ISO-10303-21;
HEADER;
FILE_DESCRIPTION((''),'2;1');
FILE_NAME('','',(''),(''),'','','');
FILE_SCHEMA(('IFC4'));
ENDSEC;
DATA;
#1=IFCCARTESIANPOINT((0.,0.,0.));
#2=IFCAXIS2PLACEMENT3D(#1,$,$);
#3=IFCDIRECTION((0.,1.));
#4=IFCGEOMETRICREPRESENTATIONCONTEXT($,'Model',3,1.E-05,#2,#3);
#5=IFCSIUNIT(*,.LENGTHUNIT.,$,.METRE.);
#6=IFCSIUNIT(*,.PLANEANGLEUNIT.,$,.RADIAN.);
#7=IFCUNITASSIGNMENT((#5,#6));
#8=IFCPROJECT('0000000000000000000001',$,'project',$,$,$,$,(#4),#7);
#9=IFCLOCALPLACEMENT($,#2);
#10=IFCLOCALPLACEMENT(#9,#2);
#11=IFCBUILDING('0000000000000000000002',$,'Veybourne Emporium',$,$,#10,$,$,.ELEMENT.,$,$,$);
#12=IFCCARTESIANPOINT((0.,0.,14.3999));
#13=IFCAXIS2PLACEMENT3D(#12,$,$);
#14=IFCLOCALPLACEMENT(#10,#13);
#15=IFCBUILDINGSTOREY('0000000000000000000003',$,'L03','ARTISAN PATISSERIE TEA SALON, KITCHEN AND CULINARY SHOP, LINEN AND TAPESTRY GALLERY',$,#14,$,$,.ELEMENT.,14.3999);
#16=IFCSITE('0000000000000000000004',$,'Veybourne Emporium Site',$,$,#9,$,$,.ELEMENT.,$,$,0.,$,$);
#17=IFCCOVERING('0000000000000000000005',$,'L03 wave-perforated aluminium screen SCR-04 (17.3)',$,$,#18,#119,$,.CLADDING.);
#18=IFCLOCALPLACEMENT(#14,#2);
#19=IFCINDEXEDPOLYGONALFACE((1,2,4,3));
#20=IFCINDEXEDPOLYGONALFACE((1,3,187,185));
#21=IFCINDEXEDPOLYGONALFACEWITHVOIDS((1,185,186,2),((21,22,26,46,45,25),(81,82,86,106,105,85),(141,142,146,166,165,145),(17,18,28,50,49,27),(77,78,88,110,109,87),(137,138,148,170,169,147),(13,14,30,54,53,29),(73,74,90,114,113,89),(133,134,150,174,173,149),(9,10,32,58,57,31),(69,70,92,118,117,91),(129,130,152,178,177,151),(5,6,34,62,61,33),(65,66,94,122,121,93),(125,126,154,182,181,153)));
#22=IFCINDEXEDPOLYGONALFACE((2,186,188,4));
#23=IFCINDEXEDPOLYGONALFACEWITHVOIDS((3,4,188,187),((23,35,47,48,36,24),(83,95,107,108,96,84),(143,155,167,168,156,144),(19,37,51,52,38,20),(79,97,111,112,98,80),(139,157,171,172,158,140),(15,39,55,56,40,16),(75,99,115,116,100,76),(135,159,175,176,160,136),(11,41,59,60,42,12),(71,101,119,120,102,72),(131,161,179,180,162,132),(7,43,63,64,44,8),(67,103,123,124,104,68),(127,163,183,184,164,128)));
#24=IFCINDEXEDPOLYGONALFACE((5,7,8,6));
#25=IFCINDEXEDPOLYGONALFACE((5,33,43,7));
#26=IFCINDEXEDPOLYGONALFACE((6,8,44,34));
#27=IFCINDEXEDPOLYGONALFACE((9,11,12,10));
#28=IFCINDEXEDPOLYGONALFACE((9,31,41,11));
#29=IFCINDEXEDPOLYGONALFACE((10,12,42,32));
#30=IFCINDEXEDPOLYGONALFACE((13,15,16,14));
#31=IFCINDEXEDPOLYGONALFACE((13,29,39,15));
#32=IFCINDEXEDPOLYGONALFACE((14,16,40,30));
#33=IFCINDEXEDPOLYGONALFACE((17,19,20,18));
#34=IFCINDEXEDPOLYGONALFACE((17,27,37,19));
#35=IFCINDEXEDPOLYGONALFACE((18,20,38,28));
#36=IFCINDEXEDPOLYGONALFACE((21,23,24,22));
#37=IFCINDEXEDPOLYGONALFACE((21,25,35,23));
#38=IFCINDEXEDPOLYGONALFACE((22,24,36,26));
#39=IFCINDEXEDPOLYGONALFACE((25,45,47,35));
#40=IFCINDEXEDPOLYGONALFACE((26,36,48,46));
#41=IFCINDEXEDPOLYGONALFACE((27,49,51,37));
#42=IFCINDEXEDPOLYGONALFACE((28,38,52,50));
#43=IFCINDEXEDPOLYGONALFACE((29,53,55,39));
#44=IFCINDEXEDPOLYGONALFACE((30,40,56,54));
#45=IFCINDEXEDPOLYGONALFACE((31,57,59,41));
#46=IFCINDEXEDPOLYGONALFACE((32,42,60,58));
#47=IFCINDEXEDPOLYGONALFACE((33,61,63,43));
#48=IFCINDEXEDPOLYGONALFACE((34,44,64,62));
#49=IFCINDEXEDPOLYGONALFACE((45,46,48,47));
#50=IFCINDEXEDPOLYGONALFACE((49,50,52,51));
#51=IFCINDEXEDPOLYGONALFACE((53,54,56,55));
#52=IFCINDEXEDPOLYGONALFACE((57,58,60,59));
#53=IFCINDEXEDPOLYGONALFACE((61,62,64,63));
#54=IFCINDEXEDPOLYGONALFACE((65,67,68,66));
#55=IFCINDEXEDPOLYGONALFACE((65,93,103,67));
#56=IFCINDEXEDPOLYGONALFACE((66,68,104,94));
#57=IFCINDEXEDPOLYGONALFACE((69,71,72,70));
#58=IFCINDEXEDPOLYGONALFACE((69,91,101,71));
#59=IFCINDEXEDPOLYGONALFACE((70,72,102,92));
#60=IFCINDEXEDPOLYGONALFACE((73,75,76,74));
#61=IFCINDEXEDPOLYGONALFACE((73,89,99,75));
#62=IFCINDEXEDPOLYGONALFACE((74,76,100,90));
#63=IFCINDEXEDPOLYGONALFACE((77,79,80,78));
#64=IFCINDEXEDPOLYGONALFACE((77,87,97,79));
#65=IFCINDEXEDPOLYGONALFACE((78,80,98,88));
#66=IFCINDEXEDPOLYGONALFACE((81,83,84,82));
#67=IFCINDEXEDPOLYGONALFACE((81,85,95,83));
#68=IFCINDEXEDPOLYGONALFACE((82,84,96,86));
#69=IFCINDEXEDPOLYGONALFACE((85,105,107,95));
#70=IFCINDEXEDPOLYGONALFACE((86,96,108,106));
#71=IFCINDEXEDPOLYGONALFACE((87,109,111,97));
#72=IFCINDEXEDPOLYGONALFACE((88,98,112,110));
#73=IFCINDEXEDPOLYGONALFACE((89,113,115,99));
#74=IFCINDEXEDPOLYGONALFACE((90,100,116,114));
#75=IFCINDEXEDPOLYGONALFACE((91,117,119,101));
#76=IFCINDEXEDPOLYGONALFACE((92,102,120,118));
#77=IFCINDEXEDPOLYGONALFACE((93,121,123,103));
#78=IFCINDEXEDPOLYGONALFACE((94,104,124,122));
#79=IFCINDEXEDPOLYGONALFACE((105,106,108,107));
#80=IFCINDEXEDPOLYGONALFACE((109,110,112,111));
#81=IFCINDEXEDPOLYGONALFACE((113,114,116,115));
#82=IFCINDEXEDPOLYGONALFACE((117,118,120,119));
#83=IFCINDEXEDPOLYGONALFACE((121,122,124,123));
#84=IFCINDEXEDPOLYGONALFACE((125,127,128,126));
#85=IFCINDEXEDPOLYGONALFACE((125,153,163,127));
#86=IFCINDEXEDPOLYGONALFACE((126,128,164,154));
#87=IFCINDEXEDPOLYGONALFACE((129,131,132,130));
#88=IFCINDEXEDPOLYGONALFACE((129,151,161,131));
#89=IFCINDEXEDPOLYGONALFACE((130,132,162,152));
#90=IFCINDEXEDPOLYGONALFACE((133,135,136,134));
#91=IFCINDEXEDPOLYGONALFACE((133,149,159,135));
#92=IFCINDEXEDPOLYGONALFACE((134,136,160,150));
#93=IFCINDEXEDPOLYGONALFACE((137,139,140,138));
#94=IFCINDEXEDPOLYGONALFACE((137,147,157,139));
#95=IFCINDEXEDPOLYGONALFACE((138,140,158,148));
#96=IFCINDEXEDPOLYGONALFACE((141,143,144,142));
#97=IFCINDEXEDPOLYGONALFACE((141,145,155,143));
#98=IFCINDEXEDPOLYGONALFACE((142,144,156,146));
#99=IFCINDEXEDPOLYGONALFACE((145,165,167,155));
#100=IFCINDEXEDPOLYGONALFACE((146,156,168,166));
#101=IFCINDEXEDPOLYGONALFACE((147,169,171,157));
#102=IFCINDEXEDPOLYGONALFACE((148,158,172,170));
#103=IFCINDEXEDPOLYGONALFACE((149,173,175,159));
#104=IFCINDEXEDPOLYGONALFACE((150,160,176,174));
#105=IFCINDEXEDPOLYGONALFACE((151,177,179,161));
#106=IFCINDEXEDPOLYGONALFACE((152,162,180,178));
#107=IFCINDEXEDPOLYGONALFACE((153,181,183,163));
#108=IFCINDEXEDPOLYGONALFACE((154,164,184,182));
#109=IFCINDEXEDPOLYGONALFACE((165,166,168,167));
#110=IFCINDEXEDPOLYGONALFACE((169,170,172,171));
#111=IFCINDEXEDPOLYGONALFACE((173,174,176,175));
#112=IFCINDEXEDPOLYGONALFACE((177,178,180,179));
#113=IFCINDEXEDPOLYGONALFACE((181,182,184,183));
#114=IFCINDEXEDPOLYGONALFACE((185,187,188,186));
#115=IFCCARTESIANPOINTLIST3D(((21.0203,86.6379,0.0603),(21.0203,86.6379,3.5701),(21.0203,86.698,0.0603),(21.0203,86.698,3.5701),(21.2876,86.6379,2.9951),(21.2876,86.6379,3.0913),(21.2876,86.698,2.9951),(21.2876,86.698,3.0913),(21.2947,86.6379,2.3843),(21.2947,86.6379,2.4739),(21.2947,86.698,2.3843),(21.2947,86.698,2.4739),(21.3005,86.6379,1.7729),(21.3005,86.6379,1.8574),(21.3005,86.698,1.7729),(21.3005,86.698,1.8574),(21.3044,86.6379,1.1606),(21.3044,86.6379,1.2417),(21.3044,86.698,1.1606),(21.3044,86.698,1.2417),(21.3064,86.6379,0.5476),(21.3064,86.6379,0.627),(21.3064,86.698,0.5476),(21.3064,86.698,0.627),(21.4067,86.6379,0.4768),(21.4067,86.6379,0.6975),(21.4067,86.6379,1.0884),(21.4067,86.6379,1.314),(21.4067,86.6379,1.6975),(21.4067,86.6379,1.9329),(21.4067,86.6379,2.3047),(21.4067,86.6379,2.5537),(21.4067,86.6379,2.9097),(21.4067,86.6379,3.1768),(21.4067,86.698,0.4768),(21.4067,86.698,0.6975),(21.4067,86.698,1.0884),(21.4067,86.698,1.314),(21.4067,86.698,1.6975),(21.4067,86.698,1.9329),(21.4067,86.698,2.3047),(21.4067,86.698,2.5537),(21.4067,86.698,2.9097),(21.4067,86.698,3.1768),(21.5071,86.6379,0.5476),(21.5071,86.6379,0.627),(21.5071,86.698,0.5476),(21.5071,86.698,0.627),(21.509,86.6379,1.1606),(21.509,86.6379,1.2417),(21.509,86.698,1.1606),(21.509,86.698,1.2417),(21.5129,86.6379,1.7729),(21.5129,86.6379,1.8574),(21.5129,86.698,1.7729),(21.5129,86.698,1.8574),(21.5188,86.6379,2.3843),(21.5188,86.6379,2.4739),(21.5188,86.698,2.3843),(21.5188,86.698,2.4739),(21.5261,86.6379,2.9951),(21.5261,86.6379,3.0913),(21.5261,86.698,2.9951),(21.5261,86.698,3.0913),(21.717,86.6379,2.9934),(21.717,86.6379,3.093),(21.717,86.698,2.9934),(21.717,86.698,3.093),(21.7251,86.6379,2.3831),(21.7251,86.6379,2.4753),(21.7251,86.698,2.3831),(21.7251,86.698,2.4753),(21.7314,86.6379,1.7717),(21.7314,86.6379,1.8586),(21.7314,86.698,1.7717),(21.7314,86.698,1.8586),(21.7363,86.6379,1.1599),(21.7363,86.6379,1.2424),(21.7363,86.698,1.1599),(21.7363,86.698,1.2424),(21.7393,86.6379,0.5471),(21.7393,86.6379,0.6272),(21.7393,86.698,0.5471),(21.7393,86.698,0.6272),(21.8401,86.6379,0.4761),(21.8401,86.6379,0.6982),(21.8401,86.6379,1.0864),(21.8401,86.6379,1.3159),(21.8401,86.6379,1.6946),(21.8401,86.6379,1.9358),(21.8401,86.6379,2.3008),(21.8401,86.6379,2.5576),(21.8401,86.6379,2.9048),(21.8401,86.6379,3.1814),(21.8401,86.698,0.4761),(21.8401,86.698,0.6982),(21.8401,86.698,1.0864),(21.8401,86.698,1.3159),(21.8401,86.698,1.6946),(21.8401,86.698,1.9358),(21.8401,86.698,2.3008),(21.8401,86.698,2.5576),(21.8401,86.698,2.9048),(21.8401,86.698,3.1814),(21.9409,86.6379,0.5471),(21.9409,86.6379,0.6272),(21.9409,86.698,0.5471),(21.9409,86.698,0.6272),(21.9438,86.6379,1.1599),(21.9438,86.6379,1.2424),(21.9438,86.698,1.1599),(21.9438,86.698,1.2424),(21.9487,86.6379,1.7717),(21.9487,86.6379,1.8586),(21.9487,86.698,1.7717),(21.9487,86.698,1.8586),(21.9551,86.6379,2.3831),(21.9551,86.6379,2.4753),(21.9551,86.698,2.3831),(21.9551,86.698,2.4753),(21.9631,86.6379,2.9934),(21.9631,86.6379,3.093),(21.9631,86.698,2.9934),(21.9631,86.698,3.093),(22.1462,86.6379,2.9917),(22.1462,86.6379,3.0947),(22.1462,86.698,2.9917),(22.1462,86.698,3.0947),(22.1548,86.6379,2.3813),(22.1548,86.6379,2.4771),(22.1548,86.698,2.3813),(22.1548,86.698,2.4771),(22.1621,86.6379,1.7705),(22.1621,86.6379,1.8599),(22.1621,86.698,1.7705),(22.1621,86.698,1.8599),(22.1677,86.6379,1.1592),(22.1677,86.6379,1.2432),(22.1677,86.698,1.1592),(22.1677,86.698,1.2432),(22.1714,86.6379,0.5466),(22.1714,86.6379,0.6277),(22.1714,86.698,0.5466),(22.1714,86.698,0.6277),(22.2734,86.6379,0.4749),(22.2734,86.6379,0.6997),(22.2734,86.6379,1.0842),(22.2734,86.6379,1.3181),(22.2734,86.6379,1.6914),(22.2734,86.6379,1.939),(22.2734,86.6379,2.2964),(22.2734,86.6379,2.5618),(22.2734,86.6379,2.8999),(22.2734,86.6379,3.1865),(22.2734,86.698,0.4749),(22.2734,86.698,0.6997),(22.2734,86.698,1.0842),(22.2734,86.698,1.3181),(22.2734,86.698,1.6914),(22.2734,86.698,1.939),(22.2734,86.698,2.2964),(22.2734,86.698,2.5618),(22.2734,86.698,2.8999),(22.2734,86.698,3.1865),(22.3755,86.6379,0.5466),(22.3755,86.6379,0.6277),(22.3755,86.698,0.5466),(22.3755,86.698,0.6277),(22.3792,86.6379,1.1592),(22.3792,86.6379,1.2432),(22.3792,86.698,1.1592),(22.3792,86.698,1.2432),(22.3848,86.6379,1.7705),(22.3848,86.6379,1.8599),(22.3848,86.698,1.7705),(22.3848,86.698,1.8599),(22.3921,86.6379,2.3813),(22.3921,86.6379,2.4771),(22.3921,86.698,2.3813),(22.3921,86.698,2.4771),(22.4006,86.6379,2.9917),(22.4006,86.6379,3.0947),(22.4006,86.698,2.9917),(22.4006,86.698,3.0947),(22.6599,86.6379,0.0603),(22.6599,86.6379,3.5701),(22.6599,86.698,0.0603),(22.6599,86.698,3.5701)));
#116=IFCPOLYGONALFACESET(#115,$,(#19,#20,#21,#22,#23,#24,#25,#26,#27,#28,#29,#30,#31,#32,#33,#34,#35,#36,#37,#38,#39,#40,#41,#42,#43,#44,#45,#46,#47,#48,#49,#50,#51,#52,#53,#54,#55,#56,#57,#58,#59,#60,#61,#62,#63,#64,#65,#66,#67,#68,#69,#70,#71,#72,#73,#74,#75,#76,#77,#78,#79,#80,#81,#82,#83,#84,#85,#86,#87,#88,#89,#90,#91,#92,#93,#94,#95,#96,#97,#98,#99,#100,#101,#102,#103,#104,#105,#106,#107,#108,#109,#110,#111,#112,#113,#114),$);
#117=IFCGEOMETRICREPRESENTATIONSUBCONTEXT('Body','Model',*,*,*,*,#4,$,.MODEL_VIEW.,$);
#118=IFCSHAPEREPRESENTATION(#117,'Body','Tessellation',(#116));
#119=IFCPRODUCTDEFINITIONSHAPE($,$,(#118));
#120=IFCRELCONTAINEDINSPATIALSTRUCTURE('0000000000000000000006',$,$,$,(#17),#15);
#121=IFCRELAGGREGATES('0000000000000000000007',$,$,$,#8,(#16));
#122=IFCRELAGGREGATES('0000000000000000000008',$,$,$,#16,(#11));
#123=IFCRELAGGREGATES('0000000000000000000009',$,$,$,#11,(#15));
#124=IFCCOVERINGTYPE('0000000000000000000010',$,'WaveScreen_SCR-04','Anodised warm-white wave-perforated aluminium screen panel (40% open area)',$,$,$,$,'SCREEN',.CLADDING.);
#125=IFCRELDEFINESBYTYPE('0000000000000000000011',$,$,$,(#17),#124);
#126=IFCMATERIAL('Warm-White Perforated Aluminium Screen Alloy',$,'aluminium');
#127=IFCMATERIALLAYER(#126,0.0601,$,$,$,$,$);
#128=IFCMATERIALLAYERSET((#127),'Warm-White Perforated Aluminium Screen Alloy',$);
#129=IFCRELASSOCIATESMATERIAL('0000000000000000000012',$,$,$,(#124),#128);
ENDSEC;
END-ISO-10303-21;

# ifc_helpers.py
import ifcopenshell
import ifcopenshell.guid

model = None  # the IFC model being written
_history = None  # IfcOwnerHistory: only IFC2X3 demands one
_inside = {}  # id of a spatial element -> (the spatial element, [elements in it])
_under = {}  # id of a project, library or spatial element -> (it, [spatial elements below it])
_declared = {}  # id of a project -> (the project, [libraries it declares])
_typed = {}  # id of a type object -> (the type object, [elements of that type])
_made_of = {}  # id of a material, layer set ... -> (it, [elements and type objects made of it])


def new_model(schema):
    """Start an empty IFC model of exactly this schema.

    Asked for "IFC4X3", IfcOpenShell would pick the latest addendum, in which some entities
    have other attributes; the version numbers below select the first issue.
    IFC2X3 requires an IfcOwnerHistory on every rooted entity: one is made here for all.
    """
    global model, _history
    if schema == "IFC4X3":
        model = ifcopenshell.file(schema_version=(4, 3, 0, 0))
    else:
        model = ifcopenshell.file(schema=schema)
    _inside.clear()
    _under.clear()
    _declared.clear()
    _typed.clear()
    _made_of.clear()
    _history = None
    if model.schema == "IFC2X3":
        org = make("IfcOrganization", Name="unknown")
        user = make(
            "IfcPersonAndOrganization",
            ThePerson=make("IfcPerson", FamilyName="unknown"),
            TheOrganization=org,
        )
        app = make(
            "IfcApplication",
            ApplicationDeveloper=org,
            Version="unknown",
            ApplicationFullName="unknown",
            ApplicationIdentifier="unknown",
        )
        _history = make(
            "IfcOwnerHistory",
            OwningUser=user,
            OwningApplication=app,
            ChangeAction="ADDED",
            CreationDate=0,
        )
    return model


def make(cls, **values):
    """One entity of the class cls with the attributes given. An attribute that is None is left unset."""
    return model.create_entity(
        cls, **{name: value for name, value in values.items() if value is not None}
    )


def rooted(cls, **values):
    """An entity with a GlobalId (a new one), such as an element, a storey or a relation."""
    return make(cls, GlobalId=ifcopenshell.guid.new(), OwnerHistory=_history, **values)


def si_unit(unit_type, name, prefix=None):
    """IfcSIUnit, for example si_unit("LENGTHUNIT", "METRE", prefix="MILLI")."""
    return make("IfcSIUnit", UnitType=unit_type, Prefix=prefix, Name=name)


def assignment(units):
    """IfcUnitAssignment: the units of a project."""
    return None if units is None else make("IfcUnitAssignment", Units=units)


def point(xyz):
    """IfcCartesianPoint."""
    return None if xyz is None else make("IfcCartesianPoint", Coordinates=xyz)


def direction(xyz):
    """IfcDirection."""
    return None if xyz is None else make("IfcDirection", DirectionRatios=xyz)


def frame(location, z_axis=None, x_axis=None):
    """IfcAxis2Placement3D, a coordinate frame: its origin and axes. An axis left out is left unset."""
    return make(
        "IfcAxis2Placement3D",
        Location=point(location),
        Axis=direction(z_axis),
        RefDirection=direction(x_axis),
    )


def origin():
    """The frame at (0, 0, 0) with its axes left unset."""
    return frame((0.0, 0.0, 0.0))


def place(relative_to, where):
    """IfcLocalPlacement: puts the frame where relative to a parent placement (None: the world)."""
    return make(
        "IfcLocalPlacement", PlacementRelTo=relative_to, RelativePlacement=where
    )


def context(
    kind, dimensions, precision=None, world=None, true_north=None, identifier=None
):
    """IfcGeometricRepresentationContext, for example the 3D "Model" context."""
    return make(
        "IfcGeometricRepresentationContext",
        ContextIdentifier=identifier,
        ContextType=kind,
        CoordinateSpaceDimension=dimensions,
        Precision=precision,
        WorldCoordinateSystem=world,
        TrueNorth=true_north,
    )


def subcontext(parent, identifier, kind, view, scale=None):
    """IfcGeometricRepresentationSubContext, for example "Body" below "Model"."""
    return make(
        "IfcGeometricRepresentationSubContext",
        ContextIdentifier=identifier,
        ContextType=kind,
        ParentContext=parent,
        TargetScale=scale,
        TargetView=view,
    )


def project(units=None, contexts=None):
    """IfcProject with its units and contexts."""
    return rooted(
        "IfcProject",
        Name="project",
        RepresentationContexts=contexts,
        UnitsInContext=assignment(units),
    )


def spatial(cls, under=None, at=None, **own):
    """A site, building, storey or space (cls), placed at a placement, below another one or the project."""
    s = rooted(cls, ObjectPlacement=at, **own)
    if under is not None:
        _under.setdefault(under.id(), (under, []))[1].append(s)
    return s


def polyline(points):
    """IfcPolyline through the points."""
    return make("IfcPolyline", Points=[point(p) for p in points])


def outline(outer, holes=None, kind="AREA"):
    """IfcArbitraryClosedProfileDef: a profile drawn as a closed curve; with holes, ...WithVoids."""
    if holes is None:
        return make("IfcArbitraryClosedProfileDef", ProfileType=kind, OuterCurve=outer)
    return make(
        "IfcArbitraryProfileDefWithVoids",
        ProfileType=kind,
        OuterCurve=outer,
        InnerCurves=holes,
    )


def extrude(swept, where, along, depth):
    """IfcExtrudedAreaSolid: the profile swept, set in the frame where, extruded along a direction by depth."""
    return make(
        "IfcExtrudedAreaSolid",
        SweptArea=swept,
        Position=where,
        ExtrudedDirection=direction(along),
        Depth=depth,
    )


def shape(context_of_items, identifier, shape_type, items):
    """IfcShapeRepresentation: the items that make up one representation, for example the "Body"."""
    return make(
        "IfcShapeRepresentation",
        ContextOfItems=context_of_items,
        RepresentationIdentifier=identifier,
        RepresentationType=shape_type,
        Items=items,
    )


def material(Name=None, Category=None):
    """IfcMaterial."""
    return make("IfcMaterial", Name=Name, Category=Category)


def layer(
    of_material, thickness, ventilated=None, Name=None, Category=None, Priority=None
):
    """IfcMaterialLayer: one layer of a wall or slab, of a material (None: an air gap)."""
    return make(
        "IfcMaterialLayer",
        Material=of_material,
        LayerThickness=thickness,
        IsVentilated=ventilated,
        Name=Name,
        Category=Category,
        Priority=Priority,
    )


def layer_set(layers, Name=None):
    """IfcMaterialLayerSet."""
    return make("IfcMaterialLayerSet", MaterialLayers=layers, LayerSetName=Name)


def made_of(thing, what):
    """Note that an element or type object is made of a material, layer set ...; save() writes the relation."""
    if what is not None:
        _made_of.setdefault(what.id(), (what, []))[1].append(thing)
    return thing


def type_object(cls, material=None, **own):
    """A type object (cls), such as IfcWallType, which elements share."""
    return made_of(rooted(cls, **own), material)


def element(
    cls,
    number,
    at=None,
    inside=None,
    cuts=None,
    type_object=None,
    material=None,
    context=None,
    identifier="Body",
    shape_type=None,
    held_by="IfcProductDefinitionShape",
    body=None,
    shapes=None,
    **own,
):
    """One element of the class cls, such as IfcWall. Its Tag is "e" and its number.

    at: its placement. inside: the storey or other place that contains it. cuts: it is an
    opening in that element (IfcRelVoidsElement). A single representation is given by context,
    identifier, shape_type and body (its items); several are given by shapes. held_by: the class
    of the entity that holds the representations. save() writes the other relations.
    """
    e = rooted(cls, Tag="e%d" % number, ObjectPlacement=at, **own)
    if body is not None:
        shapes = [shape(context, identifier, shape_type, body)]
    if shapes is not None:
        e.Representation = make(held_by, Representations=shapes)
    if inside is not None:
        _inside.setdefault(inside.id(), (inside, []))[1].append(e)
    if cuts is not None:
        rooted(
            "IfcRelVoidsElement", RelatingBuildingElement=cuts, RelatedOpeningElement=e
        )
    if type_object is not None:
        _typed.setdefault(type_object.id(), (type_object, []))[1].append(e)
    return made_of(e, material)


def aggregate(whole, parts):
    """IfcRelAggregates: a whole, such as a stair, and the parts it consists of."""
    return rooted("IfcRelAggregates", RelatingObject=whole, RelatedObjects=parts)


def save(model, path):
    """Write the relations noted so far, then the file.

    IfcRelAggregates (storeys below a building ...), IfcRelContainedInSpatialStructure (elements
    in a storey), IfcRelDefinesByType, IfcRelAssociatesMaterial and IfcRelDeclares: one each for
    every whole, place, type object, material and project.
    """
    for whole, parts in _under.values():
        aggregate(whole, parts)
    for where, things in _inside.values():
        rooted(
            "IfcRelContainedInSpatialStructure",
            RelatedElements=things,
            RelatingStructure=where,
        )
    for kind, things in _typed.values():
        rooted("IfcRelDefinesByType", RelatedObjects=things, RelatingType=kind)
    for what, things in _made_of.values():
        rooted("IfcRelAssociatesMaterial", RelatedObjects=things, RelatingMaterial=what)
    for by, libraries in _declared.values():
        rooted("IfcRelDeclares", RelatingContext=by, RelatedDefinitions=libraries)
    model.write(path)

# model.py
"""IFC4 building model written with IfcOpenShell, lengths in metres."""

from ifc_helpers import new_model, si_unit, direction, frame, origin, place, context, subcontext, project, spatial, polyline, outline, extrude, material, layer, layer_set, type_object, element, save


model = new_model("IFC4")

# Units and contexts
model_context = context("Model", 3, precision=1e-05, world=origin(), true_north=direction((0.0, 1.0)))
body_context = subcontext(model_context, "Body", "Model", "MODEL_VIEW")
ifc_project = project(units=[si_unit("LENGTHUNIT", "METRE"), si_unit("PLANEANGLEUNIT", "RADIAN")], contexts=[model_context])

# Site, building, storey
site_placement = place(None, origin())
site = spatial("IfcSite", under=ifc_project, at=site_placement, Name="Veybourne Emporium Site", CompositionType="ELEMENT", RefElevation=0.0)
building_placement = place(site_placement, origin())
building = spatial("IfcBuilding", under=site, at=building_placement, Name="Veybourne Emporium", CompositionType="ELEMENT")
storey_placement = place(building_placement, frame((0.0, 0.0, 14.3999)))
storey = spatial("IfcBuildingStorey", under=building, at=storey_placement, Name="L03", Description="ARTISAN PATISSERIE TEA SALON, KITCHEN AND CULINARY SHOP, LINEN AND TAPESTRY GALLERY", CompositionType="ELEMENT", Elevation=14.3999)

# Covering
ifc_material_1 = material(Name="Warm-White Perforated Aluminium Screen Alloy", Category="aluminium")
ifc_layer_1 = layer(ifc_material_1, 0.0601)
ifc_layer_set_1 = layer_set([ifc_layer_1], Name="Warm-White Perforated Aluminium Screen Alloy")
covering_type_1 = type_object("IfcCoveringType", Name="WaveScreen_SCR-04", Description="Anodised warm-white wave-perforated aluminium screen panel (40% open area)", ElementType="SCREEN", PredefinedType="CLADDING", material=ifc_layer_set_1)
covering_1_placement = place(storey_placement, frame((21.8401, 86.698, 1.8152), z_axis=(0.0, -1.0, 0.0), x_axis=(1.0, 0.0, 0.0)))
element("IfcCovering", 1, at=covering_1_placement, inside=storey, type_object=covering_type_1, Name="L03 wave-perforated aluminium screen SCR-04 (17.3)", PredefinedType="CLADDING", context=body_context, shape_type="SweptSolid", body=[
    extrude(outline(polyline([(-0.8198, -1.7549), (0.8198, -1.7549), (0.8198, 1.7549), (-0.8198, 1.7549), (-0.8198, -1.7549)]), holes=[polyline([(-0.4333, -1.1177), (-0.333, -1.1882), (-0.333, -1.2676), (-0.4333, -1.3384), (-0.5337, -1.2676), (-0.5337, -1.1882), (-0.4333, -1.1177)]), polyline([(-0.4333, -0.5012), (-0.3311, -0.5735), (-0.3311, -0.6545), (-0.4333, -0.7268), (-0.5356, -0.6545), (-0.5356, -0.5735), (-0.4333, -0.5012)]), polyline([(-0.4333, 0.1177), (-0.3271, 0.0422), (-0.3271, -0.0422), (-0.4333, -0.1177), (-0.5396, -0.0422), (-0.5396, 0.0422), (-0.4333, 0.1177)]), polyline([(-0.4333, 0.7385), (-0.3213, 0.6587), (-0.3213, 0.5691), (-0.4333, 0.4895), (-0.5454, 0.5691), (-0.5454, 0.6587), (-0.4333, 0.7385)]), polyline([(-0.4333, 1.3616), (-0.314, 1.2761), (-0.314, 1.1799), (-0.4333, 1.0945), (-0.5525, 1.1799), (-0.5525, 1.2761), (-0.4333, 1.3616)]), polyline([(0.0, -1.1169), (0.1008, -1.188), (0.1008, -1.2681), (0.0, -1.3391), (-0.1008, -1.2681), (-0.1008, -1.188), (0.0, -1.1169)]), polyline([(0.0, -0.4993), (0.1038, -0.5728), (0.1038, -0.6553), (0.0, -0.7288), (-0.1038, -0.6553), (-0.1038, -0.5728), (0.0, -0.4993)]), polyline([(0.0, 0.1206), (0.1086, 0.0435), (0.1086, -0.0435), (0.0, -0.1206), (-0.1086, -0.0435), (-0.1086, 0.0435), (0.0, 0.1206)]), polyline([(0.0, 0.7424), (0.115, 0.6602), (0.115, 0.5679), (0.0, 0.4856), (-0.115, 0.5679), (-0.115, 0.6602), (0.0, 0.7424)]), polyline([(0.0, 1.3662), (0.123, 1.2778), (0.123, 1.1782), (0.0, 1.0896), (-0.123, 1.1782), (-0.123, 1.2778), (0.0, 1.3662)]), polyline([(0.4333, -1.1155), (0.5354, -1.1875), (0.5354, -1.2686), (0.4333, -1.3403), (0.3313, -1.2686), (0.3313, -1.1875), (0.4333, -1.1155)]), polyline([(0.4333, -0.4971), (0.5391, -0.572), (0.5391, -0.656), (0.4333, -0.731), (0.3276, -0.656), (0.3276, -0.572), (0.4333, -0.4971)]), polyline([(0.4333, 0.1238), (0.5447, 0.0447), (0.5447, -0.0447), (0.4333, -0.1238), (0.322, -0.0447), (0.322, 0.0447), (0.4333, 0.1238)]), polyline([(0.4333, 0.7466), (0.552, 0.6619), (0.552, 0.5662), (0.4333, 0.4812), (0.3147, 0.5662), (0.3147, 0.6619), (0.4333, 0.7466)]), polyline([(0.4333, 1.3713), (0.5605, 1.2795), (0.5605, 1.1765), (0.4333, 1.0847), (0.3062, 1.1765), (0.3062, 1.2795), (0.4333, 1.3713)])]), origin(), (0.0, 0.0, 1.0), 0.0601),
])

save(model, "model.ifc")
